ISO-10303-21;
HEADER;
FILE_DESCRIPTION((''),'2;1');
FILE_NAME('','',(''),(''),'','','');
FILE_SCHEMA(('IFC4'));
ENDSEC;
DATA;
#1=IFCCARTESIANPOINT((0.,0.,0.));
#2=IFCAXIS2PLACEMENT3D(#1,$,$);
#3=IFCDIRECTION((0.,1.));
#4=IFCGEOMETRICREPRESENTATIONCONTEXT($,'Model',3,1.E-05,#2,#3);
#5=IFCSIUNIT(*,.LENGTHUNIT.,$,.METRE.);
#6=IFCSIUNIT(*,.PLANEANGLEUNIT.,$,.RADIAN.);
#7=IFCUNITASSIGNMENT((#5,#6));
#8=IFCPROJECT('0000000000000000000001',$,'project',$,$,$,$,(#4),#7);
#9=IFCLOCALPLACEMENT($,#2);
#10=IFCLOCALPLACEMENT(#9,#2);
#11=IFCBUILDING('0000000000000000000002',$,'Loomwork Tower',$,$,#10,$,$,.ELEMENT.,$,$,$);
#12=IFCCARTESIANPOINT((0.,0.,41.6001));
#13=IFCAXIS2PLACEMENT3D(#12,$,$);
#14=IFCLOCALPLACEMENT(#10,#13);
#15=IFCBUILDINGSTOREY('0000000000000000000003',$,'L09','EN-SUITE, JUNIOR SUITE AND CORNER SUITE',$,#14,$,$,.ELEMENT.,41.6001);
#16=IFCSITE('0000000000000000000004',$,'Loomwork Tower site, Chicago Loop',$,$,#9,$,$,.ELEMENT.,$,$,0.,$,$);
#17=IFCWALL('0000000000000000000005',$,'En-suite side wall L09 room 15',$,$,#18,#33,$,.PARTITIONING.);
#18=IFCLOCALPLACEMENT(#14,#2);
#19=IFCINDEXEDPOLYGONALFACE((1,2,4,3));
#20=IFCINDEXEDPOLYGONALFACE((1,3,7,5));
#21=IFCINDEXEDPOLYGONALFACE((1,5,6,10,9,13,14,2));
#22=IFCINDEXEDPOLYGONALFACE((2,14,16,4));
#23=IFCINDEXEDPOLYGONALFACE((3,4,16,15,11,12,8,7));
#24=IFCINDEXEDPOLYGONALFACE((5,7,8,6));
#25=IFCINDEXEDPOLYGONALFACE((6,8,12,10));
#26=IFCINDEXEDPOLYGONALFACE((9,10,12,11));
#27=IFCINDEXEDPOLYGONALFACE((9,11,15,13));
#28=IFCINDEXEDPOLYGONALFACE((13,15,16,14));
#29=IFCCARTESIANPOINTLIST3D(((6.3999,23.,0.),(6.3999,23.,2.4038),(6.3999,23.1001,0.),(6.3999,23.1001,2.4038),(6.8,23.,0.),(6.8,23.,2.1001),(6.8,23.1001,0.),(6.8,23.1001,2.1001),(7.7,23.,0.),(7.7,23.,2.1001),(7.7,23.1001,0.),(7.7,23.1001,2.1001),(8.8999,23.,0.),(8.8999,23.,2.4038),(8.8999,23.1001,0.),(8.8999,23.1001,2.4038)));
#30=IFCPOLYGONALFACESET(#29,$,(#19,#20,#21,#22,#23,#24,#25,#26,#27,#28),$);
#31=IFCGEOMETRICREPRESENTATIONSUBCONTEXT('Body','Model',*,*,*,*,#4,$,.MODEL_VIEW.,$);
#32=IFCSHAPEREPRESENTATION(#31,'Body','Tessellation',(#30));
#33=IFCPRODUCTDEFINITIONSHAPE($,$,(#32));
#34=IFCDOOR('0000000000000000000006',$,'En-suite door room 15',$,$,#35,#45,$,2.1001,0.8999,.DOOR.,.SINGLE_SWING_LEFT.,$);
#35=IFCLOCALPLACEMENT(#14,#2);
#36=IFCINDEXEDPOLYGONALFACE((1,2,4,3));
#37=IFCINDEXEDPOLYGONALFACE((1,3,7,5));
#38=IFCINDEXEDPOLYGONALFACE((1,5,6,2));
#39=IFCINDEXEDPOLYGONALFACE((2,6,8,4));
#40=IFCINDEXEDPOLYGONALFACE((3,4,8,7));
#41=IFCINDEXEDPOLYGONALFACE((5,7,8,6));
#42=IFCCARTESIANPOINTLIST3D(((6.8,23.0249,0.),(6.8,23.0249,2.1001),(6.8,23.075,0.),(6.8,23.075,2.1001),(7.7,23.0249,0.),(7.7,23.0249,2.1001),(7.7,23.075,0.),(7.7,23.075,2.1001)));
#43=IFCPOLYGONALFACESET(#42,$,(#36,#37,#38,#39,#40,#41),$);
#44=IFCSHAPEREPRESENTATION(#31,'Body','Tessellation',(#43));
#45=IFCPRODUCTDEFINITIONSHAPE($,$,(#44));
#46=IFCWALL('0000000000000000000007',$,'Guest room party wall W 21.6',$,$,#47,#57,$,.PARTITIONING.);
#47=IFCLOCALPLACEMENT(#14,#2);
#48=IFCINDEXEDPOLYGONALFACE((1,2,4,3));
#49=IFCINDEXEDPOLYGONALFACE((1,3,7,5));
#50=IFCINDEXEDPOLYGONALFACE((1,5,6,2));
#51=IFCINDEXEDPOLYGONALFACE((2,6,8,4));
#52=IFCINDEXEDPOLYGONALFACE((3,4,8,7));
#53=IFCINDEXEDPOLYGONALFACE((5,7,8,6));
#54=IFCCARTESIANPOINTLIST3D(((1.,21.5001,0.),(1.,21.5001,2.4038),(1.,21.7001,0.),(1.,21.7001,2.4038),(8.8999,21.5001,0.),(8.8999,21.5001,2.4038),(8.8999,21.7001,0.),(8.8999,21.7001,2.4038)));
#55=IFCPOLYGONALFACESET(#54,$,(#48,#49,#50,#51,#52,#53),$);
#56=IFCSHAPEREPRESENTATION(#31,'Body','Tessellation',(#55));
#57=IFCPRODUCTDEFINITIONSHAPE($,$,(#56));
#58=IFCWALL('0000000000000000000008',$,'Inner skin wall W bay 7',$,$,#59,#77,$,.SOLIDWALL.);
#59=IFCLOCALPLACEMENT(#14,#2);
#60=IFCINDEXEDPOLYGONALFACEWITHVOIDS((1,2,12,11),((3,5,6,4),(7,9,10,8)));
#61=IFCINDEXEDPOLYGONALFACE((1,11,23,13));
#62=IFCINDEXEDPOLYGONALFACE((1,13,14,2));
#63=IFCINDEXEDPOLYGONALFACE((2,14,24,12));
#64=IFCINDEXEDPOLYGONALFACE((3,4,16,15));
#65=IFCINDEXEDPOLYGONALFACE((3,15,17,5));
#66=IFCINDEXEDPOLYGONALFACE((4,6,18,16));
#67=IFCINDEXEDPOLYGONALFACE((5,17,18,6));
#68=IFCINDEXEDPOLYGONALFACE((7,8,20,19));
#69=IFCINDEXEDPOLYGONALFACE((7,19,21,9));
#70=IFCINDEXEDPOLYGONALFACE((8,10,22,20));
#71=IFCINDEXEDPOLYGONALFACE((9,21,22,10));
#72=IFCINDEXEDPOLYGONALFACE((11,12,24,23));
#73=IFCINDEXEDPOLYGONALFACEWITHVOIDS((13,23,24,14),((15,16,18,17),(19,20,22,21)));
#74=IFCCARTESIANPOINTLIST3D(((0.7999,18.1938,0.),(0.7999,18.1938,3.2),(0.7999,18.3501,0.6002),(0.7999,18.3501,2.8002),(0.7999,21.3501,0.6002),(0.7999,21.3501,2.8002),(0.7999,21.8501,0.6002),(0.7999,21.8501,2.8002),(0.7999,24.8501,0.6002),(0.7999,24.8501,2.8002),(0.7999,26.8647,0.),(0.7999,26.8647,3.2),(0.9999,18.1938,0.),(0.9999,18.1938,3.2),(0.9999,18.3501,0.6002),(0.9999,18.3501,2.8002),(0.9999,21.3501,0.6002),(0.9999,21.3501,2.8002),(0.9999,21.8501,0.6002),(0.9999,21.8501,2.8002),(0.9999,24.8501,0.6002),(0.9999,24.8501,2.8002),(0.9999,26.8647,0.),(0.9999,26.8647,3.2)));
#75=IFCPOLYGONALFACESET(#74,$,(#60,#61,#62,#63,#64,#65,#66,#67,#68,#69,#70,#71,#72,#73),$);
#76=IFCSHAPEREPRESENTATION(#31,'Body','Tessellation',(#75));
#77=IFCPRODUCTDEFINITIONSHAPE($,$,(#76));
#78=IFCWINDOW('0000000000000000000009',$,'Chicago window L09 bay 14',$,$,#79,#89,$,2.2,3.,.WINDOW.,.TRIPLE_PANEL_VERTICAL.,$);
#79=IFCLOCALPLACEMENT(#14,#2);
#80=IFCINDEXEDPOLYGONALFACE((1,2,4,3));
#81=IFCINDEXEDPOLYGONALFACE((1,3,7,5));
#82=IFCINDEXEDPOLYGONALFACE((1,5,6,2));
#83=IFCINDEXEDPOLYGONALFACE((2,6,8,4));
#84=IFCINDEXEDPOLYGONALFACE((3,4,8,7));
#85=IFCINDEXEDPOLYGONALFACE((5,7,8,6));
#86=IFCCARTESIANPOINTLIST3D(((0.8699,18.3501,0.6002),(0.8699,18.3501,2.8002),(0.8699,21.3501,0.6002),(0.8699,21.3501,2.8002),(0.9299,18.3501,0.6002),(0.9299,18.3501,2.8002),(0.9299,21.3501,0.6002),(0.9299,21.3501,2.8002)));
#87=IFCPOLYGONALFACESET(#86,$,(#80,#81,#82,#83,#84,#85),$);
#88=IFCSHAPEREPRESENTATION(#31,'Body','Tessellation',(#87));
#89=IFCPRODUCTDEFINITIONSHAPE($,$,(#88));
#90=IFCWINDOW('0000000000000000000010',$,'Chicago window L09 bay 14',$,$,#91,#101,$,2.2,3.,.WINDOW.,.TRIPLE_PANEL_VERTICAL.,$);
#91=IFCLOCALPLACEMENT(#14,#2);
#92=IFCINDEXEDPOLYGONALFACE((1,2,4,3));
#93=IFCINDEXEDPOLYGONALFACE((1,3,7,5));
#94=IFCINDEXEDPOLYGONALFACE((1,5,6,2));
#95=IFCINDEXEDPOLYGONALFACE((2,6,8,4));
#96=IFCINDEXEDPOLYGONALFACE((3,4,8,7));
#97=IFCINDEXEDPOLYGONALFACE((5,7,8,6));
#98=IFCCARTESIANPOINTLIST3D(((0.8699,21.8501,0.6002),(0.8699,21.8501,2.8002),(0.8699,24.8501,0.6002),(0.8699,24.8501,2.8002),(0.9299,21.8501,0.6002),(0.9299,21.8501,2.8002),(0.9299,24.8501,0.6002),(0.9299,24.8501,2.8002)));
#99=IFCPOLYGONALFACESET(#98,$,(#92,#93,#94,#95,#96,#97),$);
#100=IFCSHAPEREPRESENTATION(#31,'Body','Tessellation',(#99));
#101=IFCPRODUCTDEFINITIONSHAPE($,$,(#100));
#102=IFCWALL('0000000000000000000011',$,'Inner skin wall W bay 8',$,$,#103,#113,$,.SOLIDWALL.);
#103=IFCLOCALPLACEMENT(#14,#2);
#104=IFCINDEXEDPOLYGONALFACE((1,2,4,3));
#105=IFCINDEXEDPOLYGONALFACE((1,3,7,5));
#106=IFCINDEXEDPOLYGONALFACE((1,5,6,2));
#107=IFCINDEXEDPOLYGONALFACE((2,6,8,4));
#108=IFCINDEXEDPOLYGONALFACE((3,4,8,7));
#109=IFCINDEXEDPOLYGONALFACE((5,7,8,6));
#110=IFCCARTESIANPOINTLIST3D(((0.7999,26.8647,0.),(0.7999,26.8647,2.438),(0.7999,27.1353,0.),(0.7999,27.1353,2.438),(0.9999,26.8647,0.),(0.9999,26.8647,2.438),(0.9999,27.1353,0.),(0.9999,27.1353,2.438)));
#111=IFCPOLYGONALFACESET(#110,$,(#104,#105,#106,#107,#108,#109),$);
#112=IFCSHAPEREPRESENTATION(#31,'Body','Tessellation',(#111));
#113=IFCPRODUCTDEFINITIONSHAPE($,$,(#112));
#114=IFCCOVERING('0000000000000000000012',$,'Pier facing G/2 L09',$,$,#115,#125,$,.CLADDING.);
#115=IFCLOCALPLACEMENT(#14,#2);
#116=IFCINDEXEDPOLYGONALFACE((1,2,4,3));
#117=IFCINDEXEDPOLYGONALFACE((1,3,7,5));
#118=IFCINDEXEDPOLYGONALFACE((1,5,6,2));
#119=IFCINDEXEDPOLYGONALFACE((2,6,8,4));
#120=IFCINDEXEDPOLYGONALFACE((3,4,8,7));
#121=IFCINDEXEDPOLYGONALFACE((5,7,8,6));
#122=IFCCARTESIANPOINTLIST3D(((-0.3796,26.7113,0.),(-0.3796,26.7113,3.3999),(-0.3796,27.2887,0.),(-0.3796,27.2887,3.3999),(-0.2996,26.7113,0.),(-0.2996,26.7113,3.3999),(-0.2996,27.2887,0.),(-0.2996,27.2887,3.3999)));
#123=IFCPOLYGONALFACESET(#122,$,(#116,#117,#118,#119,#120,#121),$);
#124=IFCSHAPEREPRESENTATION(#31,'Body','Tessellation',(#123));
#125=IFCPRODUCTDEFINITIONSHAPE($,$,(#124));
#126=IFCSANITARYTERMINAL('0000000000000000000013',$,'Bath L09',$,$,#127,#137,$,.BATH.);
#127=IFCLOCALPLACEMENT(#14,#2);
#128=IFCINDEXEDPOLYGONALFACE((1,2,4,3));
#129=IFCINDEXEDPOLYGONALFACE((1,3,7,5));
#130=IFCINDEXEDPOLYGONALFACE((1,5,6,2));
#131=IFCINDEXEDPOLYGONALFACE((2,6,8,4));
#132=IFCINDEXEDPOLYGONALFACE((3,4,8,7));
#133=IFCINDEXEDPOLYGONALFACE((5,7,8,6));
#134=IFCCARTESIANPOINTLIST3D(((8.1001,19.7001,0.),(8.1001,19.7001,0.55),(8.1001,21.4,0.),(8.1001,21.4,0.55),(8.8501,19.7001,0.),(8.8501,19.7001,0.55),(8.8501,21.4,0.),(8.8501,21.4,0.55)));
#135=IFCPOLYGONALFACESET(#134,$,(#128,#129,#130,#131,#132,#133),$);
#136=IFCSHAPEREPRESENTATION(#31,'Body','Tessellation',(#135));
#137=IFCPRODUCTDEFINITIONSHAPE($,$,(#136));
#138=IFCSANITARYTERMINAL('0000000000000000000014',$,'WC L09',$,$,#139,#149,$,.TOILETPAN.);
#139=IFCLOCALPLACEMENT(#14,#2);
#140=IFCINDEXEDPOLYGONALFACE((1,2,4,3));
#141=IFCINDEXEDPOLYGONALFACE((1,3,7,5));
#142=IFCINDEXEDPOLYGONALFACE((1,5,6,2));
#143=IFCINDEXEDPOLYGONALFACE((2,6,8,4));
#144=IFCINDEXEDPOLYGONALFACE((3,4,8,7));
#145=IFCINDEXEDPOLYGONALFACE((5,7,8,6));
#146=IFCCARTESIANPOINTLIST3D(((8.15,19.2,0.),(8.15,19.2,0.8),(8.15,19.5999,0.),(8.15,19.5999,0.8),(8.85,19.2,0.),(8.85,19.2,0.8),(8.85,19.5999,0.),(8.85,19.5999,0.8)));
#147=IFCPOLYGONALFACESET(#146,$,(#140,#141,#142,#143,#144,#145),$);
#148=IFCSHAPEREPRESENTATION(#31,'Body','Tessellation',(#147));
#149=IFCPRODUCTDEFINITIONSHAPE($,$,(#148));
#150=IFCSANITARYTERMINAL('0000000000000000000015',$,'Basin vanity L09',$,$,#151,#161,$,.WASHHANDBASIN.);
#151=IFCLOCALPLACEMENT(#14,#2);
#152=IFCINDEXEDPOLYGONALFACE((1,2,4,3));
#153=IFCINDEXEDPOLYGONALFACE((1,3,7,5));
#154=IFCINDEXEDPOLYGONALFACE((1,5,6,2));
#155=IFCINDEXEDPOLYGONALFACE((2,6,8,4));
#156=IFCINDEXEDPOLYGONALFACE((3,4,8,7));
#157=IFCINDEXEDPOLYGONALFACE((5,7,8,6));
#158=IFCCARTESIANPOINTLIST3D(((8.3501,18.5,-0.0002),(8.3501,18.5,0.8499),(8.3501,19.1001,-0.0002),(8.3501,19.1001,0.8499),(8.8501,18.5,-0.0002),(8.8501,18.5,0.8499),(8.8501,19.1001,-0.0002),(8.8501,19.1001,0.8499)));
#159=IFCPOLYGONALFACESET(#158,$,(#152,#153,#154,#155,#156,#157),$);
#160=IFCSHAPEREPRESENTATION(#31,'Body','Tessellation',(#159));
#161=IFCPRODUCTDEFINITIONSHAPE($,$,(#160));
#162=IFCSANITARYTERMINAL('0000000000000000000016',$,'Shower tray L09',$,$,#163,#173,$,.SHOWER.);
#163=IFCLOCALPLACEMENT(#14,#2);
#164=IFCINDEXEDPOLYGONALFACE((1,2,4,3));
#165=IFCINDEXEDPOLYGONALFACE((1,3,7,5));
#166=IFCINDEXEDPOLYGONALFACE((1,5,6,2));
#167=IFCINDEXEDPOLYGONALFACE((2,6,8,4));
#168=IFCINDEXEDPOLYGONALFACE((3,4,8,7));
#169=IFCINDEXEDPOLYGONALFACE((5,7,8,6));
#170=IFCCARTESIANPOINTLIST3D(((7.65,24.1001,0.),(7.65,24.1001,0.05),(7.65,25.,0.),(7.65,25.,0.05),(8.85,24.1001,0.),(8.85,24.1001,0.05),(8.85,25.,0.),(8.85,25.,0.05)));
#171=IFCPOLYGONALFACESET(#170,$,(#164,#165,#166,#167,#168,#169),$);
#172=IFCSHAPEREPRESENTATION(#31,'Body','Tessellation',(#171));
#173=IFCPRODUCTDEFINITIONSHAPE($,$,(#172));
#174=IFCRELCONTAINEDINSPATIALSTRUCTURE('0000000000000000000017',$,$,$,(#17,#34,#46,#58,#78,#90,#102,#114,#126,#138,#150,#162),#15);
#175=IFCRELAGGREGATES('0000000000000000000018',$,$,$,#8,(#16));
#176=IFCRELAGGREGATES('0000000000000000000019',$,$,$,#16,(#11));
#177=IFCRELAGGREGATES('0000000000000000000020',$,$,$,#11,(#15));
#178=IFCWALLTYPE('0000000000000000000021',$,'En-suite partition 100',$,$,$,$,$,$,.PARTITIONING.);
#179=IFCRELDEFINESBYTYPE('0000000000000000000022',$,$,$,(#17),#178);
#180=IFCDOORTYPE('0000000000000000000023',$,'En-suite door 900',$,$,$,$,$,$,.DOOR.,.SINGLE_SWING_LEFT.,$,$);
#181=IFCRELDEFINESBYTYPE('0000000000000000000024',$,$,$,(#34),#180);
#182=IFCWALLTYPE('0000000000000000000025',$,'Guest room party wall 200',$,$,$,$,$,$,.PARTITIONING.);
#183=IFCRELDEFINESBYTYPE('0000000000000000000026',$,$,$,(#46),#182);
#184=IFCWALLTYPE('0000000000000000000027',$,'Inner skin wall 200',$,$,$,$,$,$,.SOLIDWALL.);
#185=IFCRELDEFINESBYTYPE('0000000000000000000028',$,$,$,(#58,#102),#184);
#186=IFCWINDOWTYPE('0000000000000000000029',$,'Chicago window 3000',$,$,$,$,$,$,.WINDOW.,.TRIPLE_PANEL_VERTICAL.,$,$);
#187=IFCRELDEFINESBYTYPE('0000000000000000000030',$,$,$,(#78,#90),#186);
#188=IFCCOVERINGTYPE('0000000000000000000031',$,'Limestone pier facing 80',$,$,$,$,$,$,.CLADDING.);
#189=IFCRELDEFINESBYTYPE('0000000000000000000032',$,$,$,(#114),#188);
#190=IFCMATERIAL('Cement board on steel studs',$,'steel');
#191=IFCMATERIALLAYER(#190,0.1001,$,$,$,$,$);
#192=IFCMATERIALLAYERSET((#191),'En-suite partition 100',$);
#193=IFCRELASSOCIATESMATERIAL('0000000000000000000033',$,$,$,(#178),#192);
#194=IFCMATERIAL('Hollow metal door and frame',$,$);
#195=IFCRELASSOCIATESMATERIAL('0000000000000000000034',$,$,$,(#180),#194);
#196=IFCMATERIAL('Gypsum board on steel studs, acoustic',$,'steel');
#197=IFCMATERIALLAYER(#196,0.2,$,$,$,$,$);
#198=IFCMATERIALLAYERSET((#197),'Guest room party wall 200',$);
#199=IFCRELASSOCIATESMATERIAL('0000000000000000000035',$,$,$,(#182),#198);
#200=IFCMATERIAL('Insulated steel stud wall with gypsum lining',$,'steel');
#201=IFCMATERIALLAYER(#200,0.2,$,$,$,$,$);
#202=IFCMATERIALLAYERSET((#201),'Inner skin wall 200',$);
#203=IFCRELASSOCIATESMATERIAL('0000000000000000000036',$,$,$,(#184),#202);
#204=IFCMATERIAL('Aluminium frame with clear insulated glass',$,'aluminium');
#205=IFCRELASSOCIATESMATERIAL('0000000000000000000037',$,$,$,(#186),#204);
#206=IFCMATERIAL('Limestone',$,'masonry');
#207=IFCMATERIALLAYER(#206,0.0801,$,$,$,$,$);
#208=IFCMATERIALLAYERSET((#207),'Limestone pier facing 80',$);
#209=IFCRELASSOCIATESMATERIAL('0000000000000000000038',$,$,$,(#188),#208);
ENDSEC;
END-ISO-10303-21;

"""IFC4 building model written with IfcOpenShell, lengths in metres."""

from ifc_helpers import new_model, si_unit, direction, frame, frame_2d, origin, origin_2d, place, context, subcontext, project, spatial, rectangle, extrude, material, layer, layer_set, type_object, element, fill, save


model = new_model("IFC4")

# Units and contexts
model_context = context("Model", 3, precision=1e-05, world=origin(), true_north=direction((0.0, 1.0)))
body_context = subcontext(model_context, "Body", "Model", "MODEL_VIEW")
ifc_project = project(units=[si_unit("LENGTHUNIT", "METRE"), si_unit("PLANEANGLEUNIT", "RADIAN")], contexts=[model_context])

# Site, building, storey
site_placement = place(None, origin())
site = spatial("IfcSite", under=ifc_project, at=site_placement, Name="Loomwork Tower site, Chicago Loop", CompositionType="ELEMENT", RefElevation=0.0)
building_placement = place(site_placement, origin())
building = spatial("IfcBuilding", under=site, at=building_placement, Name="Loomwork Tower", CompositionType="ELEMENT")
storey_placement = place(building_placement, frame((0.0, 0.0, 41.6001)))
storey = spatial("IfcBuildingStorey", under=building, at=storey_placement, Name="L09", Description="EN-SUITE, JUNIOR SUITE AND CORNER SUITE", CompositionType="ELEMENT", Elevation=41.6001)

# Shared definitions
ifc_material_1 = material(Name="Cement board on steel studs", Category="steel")
ifc_layer_1 = layer(ifc_material_1, 0.1001)
ifc_layer_set_1 = layer_set([ifc_layer_1], Name="En-suite partition 100")
wall_type_1 = type_object("IfcWallType", Name="En-suite partition 100", PredefinedType="PARTITIONING", material=ifc_layer_set_1)

# Shared definitions
ifc_material_2 = material(Name="Hollow metal door and frame")
door_type = type_object("IfcDoorType", Name="En-suite door 900", OperationType="SINGLE_SWING_LEFT", PredefinedType="DOOR", material=ifc_material_2)

# Wall, opening, door
wall_1_placement = place(storey_placement, frame((8.8999, 23.05, 0.0), z_axis=(0.0, 0.0, 1.0), x_axis=(-1.0, 0.0, 0.0)))
wall_1 = element("IfcWall", 1, at=wall_1_placement, inside=storey, type_object=wall_type_1, Name="En-suite side wall L09 room 15", PredefinedType="PARTITIONING", context=body_context, shape_type="SweptSolid", body=[
    extrude(rectangle(XDim=2.5, YDim=0.1001, at=frame_2d((1.25, 0.0))), origin(), (0.0, 0.0, 1.0), 2.4038),
])
opening_1_placement = place(wall_1_placement, frame((1.2, 0.0, 0.0)))
opening_1 = element("IfcOpeningElement", 2, at=opening_1_placement, cuts=wall_1, PredefinedType="OPENING", context=body_context, shape_type="SweptSolid", body=[
    extrude(rectangle(XDim=0.8999, YDim=2.1001, at=frame_2d((0.45, 1.05))), frame((0.0, 0.0601, 0.0), z_axis=(0.0, -1.0, 0.0), x_axis=(1.0, 0.0, 0.0)), (0.0, 0.0, 1.0), 0.1201),
])
door_1_placement = place(opening_1_placement, frame((0.8999, 0.0, 0.0), z_axis=(0.0, 0.0, 1.0), x_axis=(-1.0, 0.0, 0.0)))
door_1 = element("IfcDoor", 3, at=door_1_placement, inside=storey, type_object=door_type, Name="En-suite door room 15", OperationType="SINGLE_SWING_LEFT", OverallHeight=2.1001, OverallWidth=0.8999, PredefinedType="DOOR", context=body_context, shape_type="SweptSolid", body=[
    extrude(rectangle(XDim=0.8999, YDim=2.1001, at=frame_2d((0.45, 1.05))), frame((0.0, 0.0249, 0.0), z_axis=(0.0, -1.0, 0.0), x_axis=(1.0, 0.0, 0.0)), (0.0, 0.0, 1.0), 0.05),
])
fill(opening_1, door_1)

# Wall
ifc_material_3 = material(Name="Gypsum board on steel studs, acoustic", Category="steel")
ifc_layer_2 = layer(ifc_material_3, 0.2)
ifc_layer_set_2 = layer_set([ifc_layer_2], Name="Guest room party wall 200")
wall_type_2 = type_object("IfcWallType", Name="Guest room party wall 200", PredefinedType="PARTITIONING", material=ifc_layer_set_2)
wall_2_placement = place(storey_placement, frame((8.8999, 21.6001, 0.0), z_axis=(0.0, 0.0, 1.0), x_axis=(-1.0, 0.0, 0.0)))
element("IfcWall", 4, at=wall_2_placement, inside=storey, type_object=wall_type_2, Name="Guest room party wall W 21.6", PredefinedType="PARTITIONING", context=body_context, shape_type="SweptSolid", body=[
    extrude(rectangle(XDim=7.8999, YDim=0.2, at=frame_2d((3.95, 0.0))), origin(), (0.0, 0.0, 1.0), 2.4038),
])

# Wall, openings, windows
ifc_material_4 = material(Name="Insulated steel stud wall with gypsum lining", Category="steel")
ifc_layer_3 = layer(ifc_material_4, 0.2)
ifc_layer_set_3 = layer_set([ifc_layer_3], Name="Inner skin wall 200")
wall_type_3 = type_object("IfcWallType", Name="Inner skin wall 200", PredefinedType="SOLIDWALL", material=ifc_layer_set_3)
wall_3_placement = place(storey_placement, frame((0.8999, 18.1938, 0.0), z_axis=(0.0, 0.0, 1.0), x_axis=(0.0, 1.0, 0.0)))
wall_3 = element("IfcWall", 5, at=wall_3_placement, inside=storey, type_object=wall_type_3, Name="Inner skin wall W bay 7", PredefinedType="SOLIDWALL", context=body_context, shape_type="SweptSolid", body=[
    extrude(rectangle(XDim=8.6709, YDim=0.2, at=frame_2d((4.3354, 0.0))), origin(), (0.0, 0.0, 1.0), 3.2),
])
opening_2_placement = place(wall_3_placement, frame((0.1562, 0.0, 0.6001)))
opening_2 = element("IfcOpeningElement", 6, at=opening_2_placement, cuts=wall_3, PredefinedType="OPENING", context=body_context, shape_type="SweptSolid", body=[
    extrude(rectangle(XDim=3.0, YDim=2.2, at=frame_2d((1.5, 1.1001))), frame((0.0, 0.1099, 0.0), z_axis=(0.0, -1.0, 0.0), x_axis=(1.0, 0.0, 0.0)), (0.0, 0.0, 1.0), 0.22),
])
opening_3_placement = place(wall_3_placement, frame((3.6562, 0.0, 0.6001)))
opening_3 = element("IfcOpeningElement", 7, at=opening_3_placement, cuts=wall_3, PredefinedType="OPENING", context=body_context, shape_type="SweptSolid", body=[
    extrude(rectangle(XDim=3.0, YDim=2.2, at=frame_2d((1.5, 1.1001))), frame((0.0, 0.1099, 0.0), z_axis=(0.0, -1.0, 0.0), x_axis=(1.0, 0.0, 0.0)), (0.0, 0.0, 1.0), 0.22),
])
ifc_material_5 = material(Name="Aluminium frame with clear insulated glass", Category="aluminium")
window_type = type_object("IfcWindowType", Name="Chicago window 3000", PartitioningType="TRIPLE_PANEL_VERTICAL", PredefinedType="WINDOW", material=ifc_material_5)
window_1_placement = place(opening_2_placement, origin())
window_1 = element("IfcWindow", 8, at=window_1_placement, inside=storey, type_object=window_type, Name="Chicago window L09 bay 14", OverallHeight=2.2, OverallWidth=3.0, PartitioningType="TRIPLE_PANEL_VERTICAL", PredefinedType="WINDOW", context=body_context, shape_type="SweptSolid", body=[
    extrude(rectangle(XDim=3.0, YDim=2.2, at=frame_2d((1.5, 1.1001))), frame((0.0, 0.03, 0.0), z_axis=(0.0, -1.0, 0.0), x_axis=(1.0, 0.0, 0.0)), (0.0, 0.0, 1.0), 0.0601),
])
fill(opening_2, window_1)
window_2_placement = place(opening_3_placement, origin())
window_2 = element("IfcWindow", 9, at=window_2_placement, inside=storey, type_object=window_type, Name="Chicago window L09 bay 14", OverallHeight=2.2, OverallWidth=3.0, PartitioningType="TRIPLE_PANEL_VERTICAL", PredefinedType="WINDOW", context=body_context, shape_type="SweptSolid", body=[
    extrude(rectangle(XDim=3.0, YDim=2.2, at=frame_2d((1.5, 1.1001))), frame((0.0, 0.03, 0.0), z_axis=(0.0, -1.0, 0.0), x_axis=(1.0, 0.0, 0.0)), (0.0, 0.0, 1.0), 0.0601),
])
fill(opening_3, window_2)

# Wall
wall_4_placement = place(storey_placement, frame((0.8999, 26.8647, 0.0), z_axis=(0.0, 0.0, 1.0), x_axis=(0.0, 1.0, 0.0)))
element("IfcWall", 10, at=wall_4_placement, inside=storey, type_object=wall_type_3, Name="Inner skin wall W bay 8", PredefinedType="SOLIDWALL", context=body_context, shape_type="SweptSolid", body=[
    extrude(rectangle(XDim=0.2705, YDim=0.2, at=frame_2d((0.1353, 0.0))), origin(), (0.0, 0.0, 1.0), 2.438),
])

# Covering
ifc_material_6 = material(Name="Limestone", Category="masonry")
ifc_layer_4 = layer(ifc_material_6, 0.0801)
ifc_layer_set_4 = layer_set([ifc_layer_4], Name="Limestone pier facing 80")
covering_type = type_object("IfcCoveringType", Name="Limestone pier facing 80", PredefinedType="CLADDING", material=ifc_layer_set_4)
covering_placement = place(storey_placement, frame((-0.3396, 27.0, 0.0), z_axis=(0.0, 0.0, 1.0), x_axis=(1.0, 0.0, 0.0)))
element("IfcCovering", 11, at=covering_placement, inside=storey, type_object=covering_type, Name="Pier facing G/2 L09", PredefinedType="CLADDING", context=body_context, shape_type="SweptSolid", body=[
    extrude(rectangle(XDim=0.0801, YDim=0.5774, at=origin_2d()), origin(), (0.0, 0.0, 1.0), 3.3999),
])

# Sanitary terminals
sanitary_terminal_1_placement = place(storey_placement, frame((8.4751, 20.55, 0.0), z_axis=(0.0, 0.0, 1.0), x_axis=(1.0, 0.0, 0.0)))
element("IfcSanitaryTerminal", 12, at=sanitary_terminal_1_placement, inside=storey, Name="Bath L09", PredefinedType="BATH", context=body_context, shape_type="SweptSolid", body=[
    extrude(rectangle(XDim=0.75, YDim=1.7, at=origin_2d()), origin(), (0.0, 0.0, 1.0), 0.55),
])
sanitary_terminal_2_placement = place(storey_placement, frame((8.5, 19.3999, 0.0), z_axis=(0.0, 0.0, 1.0), x_axis=(1.0, 0.0, 0.0)))
element("IfcSanitaryTerminal", 13, at=sanitary_terminal_2_placement, inside=storey, Name="WC L09", PredefinedType="TOILETPAN", context=body_context, shape_type="SweptSolid", body=[
    extrude(rectangle(XDim=0.7, YDim=0.3999, at=origin_2d()), origin(), (0.0, 0.0, 1.0), 0.8),
])
sanitary_terminal_3_placement = place(storey_placement, frame((8.6001, 18.8, -0.0002), z_axis=(0.0, 0.0, 1.0), x_axis=(1.0, 0.0, 0.0)))
element("IfcSanitaryTerminal", 14, at=sanitary_terminal_3_placement, inside=storey, Name="Basin vanity L09", PredefinedType="WASHHANDBASIN", context=body_context, shape_type="SweptSolid", body=[
    extrude(rectangle(XDim=0.5, YDim=0.6001, at=origin_2d()), origin(), (0.0, 0.0, 1.0), 0.8501),
])
sanitary_terminal_4_placement = place(storey_placement, frame((8.25, 24.55, 0.0), z_axis=(0.0, 0.0, 1.0), x_axis=(1.0, 0.0, 0.0)))
element("IfcSanitaryTerminal", 15, at=sanitary_terminal_4_placement, inside=storey, Name="Shower tray L09", PredefinedType="SHOWER", context=body_context, shape_type="SweptSolid", body=[
    extrude(rectangle(XDim=1.2, YDim=0.8999, at=origin_2d()), origin(), (0.0, 0.0, 1.0), 0.05),
])

save(model, "model.ifc")
